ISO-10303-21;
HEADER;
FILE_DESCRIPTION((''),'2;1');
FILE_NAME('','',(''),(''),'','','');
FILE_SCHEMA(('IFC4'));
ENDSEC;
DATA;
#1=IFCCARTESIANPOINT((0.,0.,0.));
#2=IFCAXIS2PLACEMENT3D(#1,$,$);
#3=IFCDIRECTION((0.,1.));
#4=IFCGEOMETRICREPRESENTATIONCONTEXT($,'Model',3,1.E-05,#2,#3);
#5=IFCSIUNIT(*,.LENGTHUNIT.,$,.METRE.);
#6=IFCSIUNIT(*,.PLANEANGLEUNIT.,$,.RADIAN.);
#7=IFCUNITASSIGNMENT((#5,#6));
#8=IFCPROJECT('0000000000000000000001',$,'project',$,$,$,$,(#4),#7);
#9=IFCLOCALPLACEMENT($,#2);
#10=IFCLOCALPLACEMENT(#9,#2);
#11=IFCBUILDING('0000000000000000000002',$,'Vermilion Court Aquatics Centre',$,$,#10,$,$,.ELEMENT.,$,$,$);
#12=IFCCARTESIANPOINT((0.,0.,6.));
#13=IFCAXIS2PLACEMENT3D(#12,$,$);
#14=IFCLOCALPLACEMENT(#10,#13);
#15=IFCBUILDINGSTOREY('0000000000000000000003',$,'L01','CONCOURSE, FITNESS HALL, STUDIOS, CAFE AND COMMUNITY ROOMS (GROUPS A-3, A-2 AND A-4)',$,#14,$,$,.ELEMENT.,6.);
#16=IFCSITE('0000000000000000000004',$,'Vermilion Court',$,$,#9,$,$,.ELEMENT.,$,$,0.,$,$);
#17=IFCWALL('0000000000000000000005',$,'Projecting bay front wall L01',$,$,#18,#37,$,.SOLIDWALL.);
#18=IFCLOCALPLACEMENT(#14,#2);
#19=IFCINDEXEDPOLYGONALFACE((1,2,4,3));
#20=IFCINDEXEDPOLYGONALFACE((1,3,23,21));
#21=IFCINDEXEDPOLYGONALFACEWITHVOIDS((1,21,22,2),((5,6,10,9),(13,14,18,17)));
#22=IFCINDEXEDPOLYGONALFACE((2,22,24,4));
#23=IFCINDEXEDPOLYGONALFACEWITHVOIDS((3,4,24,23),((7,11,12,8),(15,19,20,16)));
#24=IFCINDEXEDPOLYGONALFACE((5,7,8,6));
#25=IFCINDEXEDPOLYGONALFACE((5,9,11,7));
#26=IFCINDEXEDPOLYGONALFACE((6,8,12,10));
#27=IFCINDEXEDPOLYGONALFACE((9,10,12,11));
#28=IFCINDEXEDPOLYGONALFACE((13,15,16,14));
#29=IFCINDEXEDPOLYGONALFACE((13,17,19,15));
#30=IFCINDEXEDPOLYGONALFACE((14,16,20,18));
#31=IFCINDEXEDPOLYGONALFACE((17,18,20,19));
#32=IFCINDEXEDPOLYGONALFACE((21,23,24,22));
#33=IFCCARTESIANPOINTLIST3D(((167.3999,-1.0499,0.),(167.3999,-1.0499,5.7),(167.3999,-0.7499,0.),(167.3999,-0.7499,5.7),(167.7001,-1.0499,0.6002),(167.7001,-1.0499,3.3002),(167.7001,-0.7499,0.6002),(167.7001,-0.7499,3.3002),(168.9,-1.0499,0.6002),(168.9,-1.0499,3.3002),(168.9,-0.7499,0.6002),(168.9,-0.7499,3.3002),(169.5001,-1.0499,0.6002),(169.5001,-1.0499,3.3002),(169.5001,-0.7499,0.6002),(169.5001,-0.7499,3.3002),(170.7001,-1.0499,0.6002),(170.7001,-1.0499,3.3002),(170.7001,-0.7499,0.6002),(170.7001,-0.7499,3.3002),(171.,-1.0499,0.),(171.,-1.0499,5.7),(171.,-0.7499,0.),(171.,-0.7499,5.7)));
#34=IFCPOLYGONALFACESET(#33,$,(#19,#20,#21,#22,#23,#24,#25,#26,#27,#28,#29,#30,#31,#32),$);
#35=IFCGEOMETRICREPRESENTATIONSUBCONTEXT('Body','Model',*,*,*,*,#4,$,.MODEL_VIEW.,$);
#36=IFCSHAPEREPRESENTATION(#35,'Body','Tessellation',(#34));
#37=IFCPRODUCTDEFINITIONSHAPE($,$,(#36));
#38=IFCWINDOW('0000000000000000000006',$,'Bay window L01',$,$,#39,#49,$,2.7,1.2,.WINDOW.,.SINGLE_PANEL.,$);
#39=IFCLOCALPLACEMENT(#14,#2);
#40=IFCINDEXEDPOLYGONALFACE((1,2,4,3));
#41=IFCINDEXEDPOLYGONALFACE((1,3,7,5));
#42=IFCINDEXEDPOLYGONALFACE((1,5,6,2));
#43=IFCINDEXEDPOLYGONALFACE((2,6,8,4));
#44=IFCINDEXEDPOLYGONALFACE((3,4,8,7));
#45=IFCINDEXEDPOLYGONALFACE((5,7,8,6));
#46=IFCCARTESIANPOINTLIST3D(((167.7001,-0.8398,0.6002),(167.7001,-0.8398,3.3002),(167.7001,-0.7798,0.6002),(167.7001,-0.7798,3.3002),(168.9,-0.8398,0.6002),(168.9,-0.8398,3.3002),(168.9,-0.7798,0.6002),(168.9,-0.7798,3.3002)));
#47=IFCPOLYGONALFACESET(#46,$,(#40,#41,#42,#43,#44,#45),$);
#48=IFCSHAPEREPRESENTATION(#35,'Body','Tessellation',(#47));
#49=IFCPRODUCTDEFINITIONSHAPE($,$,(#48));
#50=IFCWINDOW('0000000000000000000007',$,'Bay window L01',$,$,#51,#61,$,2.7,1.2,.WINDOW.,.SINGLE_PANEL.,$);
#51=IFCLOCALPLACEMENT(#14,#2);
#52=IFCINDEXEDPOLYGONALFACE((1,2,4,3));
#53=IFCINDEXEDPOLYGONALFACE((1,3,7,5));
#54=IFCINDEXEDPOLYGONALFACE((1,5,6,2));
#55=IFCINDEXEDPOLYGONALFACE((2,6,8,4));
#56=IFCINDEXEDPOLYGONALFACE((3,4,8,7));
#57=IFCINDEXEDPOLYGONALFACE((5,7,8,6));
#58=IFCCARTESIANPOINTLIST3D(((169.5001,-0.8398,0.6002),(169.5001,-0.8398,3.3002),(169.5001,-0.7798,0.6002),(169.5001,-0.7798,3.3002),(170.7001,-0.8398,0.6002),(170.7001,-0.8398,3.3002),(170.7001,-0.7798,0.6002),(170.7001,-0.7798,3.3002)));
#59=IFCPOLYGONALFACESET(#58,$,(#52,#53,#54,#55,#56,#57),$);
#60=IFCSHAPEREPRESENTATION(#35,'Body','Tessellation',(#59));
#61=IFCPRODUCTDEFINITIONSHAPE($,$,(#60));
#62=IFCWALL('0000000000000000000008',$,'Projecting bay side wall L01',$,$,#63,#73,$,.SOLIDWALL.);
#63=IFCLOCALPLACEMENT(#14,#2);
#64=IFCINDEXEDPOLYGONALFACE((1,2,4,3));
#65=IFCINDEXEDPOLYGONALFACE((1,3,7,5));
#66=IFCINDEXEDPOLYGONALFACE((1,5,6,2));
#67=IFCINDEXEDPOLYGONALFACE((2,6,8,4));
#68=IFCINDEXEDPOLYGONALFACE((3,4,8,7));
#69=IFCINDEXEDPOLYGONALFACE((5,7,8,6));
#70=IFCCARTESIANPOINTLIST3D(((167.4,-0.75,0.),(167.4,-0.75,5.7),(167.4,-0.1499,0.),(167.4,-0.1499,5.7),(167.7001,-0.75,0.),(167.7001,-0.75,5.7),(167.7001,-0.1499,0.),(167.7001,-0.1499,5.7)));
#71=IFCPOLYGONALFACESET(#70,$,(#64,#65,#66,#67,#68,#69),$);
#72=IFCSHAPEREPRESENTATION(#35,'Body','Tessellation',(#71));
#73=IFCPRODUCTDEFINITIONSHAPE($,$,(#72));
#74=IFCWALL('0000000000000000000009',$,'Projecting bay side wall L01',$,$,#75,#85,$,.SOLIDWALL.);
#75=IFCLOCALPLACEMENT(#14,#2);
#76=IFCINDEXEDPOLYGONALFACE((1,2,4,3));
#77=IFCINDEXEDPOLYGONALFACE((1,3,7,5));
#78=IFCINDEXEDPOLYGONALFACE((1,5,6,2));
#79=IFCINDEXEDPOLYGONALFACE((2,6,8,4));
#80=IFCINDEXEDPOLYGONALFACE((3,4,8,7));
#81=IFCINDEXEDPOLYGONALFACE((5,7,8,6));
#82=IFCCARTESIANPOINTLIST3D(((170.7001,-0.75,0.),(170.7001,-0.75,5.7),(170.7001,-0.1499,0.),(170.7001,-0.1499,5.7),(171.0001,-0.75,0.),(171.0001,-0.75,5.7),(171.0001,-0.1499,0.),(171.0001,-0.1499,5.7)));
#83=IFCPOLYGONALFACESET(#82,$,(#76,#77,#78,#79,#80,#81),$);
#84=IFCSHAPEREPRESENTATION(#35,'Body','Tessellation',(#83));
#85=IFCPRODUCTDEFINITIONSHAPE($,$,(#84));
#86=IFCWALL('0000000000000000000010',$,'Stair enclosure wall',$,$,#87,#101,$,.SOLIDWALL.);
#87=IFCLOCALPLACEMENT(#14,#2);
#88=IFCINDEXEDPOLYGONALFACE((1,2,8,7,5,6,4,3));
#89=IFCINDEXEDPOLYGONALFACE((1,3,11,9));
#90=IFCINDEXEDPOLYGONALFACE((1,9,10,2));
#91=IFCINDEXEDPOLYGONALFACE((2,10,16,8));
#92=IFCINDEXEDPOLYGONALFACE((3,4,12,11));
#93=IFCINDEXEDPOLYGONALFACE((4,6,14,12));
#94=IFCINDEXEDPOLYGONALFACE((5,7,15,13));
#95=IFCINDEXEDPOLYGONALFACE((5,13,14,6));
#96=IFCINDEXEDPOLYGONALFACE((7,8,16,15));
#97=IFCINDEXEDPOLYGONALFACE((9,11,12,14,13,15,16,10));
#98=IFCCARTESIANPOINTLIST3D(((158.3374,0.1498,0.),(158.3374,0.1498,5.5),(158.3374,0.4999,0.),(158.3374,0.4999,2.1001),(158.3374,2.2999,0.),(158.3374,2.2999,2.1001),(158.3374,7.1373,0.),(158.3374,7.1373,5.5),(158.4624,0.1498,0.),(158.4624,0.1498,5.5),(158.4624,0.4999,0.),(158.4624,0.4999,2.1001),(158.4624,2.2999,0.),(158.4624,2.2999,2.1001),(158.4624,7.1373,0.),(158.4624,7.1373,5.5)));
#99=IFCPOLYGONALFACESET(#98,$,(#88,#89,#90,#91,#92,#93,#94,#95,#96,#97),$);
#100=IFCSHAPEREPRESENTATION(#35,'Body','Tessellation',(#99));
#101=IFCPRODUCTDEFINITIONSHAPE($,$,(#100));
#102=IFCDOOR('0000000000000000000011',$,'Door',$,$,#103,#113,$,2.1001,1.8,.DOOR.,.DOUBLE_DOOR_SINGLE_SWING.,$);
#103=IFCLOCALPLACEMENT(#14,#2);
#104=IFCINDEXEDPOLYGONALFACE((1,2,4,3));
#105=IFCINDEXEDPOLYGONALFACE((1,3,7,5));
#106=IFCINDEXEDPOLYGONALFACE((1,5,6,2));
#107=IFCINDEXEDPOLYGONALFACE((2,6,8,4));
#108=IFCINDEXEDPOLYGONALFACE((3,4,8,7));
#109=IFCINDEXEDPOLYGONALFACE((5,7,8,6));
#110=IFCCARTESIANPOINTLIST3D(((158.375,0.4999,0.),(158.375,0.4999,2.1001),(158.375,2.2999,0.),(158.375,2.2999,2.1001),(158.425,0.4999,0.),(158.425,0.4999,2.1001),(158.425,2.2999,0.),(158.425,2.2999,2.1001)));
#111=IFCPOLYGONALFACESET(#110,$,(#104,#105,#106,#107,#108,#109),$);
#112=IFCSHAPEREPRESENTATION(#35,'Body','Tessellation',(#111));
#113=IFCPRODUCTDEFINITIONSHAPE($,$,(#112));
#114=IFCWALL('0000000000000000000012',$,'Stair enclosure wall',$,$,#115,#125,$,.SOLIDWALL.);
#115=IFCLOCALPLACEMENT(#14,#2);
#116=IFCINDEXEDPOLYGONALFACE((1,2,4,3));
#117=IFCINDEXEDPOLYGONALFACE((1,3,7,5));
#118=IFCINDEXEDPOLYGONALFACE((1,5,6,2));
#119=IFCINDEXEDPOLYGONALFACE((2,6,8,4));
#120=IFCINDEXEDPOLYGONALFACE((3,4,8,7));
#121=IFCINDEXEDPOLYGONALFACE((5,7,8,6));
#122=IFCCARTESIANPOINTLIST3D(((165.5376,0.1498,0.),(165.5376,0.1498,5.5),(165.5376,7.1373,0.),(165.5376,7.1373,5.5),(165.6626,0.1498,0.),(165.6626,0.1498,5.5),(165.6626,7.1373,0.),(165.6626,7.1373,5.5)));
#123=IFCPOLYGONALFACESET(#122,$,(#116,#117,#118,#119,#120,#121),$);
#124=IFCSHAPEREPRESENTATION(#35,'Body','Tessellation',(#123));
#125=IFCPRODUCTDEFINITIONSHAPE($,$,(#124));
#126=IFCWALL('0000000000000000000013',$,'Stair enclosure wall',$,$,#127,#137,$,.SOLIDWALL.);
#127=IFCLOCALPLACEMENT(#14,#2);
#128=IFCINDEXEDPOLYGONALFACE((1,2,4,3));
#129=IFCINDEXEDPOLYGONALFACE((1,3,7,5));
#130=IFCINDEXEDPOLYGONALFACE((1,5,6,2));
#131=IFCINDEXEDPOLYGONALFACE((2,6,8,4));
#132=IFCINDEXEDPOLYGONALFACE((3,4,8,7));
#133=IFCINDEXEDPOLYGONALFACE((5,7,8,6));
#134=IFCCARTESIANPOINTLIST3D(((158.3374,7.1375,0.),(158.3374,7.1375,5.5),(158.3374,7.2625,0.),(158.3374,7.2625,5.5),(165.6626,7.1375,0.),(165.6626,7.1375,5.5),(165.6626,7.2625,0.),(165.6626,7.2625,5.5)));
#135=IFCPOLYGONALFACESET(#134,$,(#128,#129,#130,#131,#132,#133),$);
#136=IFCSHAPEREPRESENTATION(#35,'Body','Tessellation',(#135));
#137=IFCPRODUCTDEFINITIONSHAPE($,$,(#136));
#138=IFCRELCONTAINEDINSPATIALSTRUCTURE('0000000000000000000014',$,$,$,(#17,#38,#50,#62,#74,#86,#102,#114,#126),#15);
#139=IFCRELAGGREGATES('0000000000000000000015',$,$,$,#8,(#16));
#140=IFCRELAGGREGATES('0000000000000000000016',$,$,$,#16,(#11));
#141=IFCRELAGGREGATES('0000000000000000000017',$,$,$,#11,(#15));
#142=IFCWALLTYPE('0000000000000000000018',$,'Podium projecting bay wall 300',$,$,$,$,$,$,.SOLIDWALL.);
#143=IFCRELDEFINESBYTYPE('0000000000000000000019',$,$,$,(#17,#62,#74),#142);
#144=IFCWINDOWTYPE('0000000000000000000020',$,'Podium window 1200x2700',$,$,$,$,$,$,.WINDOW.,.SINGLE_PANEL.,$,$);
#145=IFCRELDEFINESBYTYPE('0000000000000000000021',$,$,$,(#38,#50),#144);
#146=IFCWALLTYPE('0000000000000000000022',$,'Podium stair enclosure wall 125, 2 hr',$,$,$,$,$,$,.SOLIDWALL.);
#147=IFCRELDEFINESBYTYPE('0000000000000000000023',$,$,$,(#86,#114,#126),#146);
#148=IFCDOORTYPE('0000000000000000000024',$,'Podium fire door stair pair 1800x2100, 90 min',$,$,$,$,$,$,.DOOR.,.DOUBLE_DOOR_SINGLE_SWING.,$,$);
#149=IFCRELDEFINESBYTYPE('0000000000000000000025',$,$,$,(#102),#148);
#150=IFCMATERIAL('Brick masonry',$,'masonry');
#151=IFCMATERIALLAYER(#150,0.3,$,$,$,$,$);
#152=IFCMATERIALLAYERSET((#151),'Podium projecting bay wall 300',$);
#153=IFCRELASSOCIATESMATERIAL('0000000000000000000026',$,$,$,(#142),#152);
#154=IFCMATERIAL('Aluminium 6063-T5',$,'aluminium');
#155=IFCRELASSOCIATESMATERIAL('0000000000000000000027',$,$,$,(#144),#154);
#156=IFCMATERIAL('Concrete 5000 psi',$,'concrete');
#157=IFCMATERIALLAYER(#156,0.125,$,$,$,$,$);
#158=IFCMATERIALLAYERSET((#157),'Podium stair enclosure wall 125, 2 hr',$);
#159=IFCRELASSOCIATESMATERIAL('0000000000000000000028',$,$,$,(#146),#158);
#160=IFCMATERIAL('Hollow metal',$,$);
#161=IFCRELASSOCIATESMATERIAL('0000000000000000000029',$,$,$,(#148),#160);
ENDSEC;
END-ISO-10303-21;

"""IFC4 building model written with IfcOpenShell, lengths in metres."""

from ifc_helpers import new_model, si_unit, direction, frame, frame_2d, origin, place, context, subcontext, project, spatial, rectangle, extrude, material, layer, layer_set, type_object, element, fill, save


model = new_model("IFC4")

# Units and contexts
model_context = context("Model", 3, precision=1e-05, world=origin(), true_north=direction((0.0, 1.0)))
body_context = subcontext(model_context, "Body", "Model", "MODEL_VIEW")
ifc_project = project(units=[si_unit("LENGTHUNIT", "METRE"), si_unit("PLANEANGLEUNIT", "RADIAN")], contexts=[model_context])

# Site, building, storey
site_placement = place(None, origin())
site = spatial("IfcSite", under=ifc_project, at=site_placement, Name="Vermilion Court", CompositionType="ELEMENT", RefElevation=0.0)
building_placement = place(site_placement, origin())
building = spatial("IfcBuilding", under=site, at=building_placement, Name="Vermilion Court Aquatics Centre", CompositionType="ELEMENT")
storey_placement = place(building_placement, frame((0.0, 0.0, 6.0)))
storey = spatial("IfcBuildingStorey", under=building, at=storey_placement, Name="L01", Description="CONCOURSE, FITNESS HALL, STUDIOS, CAFE AND COMMUNITY ROOMS (GROUPS A-3, A-2 AND A-4)", CompositionType="ELEMENT", Elevation=6.0)

# Wall, openings, windows
ifc_material_1 = material(Name="Brick masonry", Category="masonry")
ifc_layer_1 = layer(ifc_material_1, 0.3)
ifc_layer_set_1 = layer_set([ifc_layer_1], Name="Podium projecting bay wall 300")
wall_type_1 = type_object("IfcWallType", Name="Podium projecting bay wall 300", PredefinedType="SOLIDWALL", material=ifc_layer_set_1)
wall_1_placement = place(storey_placement, frame((167.3999, -0.8999, 0.0), z_axis=(0.0, 0.0, 1.0), x_axis=(1.0, 0.0, 0.0)))
wall_1 = element("IfcWall", 1, at=wall_1_placement, inside=storey, type_object=wall_type_1, Name="Projecting bay front wall L01", PredefinedType="SOLIDWALL", context=body_context, shape_type="SweptSolid", body=[
    extrude(rectangle(XDim=3.6001, YDim=0.3, at=frame_2d((1.8, 0.0))), origin(), (0.0, 0.0, 1.0), 5.7),
])
opening_1_placement = place(wall_1_placement, frame((0.3, 0.0, 0.6001)))
opening_1 = element("IfcOpeningElement", 2, at=opening_1_placement, cuts=wall_1, PredefinedType="OPENING", context=body_context, shape_type="SweptSolid", body=[
    extrude(rectangle(XDim=1.2, YDim=2.7, at=frame_2d((0.6001, 1.3501))), frame((0.0, 0.1599, 0.0), z_axis=(0.0, -1.0, 0.0), x_axis=(1.0, 0.0, 0.0)), (0.0, 0.0, 1.0), 0.3201),
])
opening_2_placement = place(wall_1_placement, frame((2.1001, 0.0, 0.6001)))
opening_2 = element("IfcOpeningElement", 3, at=opening_2_placement, cuts=wall_1, PredefinedType="OPENING", context=body_context, shape_type="SweptSolid", body=[
    extrude(rectangle(XDim=1.2, YDim=2.7, at=frame_2d((0.6001, 1.3501))), frame((0.0, 0.1599, 0.0), z_axis=(0.0, -1.0, 0.0), x_axis=(1.0, 0.0, 0.0)), (0.0, 0.0, 1.0), 0.3201),
])
ifc_material_2 = material(Name="Aluminium 6063-T5", Category="aluminium")
window_type = type_object("IfcWindowType", Name="Podium window 1200x2700", PartitioningType="SINGLE_PANEL", PredefinedType="WINDOW", material=ifc_material_2)
window_1_placement = place(opening_1_placement, origin())
window_1 = element("IfcWindow", 4, at=window_1_placement, inside=storey, type_object=window_type, Name="Bay window L01", OverallHeight=2.7, OverallWidth=1.2, PartitioningType="SINGLE_PANEL", PredefinedType="WINDOW", context=body_context, shape_type="SweptSolid", body=[
    extrude(rectangle(XDim=1.2, YDim=2.7, at=frame_2d((0.6001, 1.3501))), frame((0.0, 0.1201, 0.0), z_axis=(0.0, -1.0, 0.0), x_axis=(1.0, 0.0, 0.0)), (0.0, 0.0, 1.0), 0.0601),
])
fill(opening_1, window_1)
window_2_placement = place(opening_2_placement, origin())
window_2 = element("IfcWindow", 5, at=window_2_placement, inside=storey, type_object=window_type, Name="Bay window L01", OverallHeight=2.7, OverallWidth=1.2, PartitioningType="SINGLE_PANEL", PredefinedType="WINDOW", context=body_context, shape_type="SweptSolid", body=[
    extrude(rectangle(XDim=1.2, YDim=2.7, at=frame_2d((0.6001, 1.3501))), frame((0.0, 0.1201, 0.0), z_axis=(0.0, -1.0, 0.0), x_axis=(1.0, 0.0, 0.0)), (0.0, 0.0, 1.0), 0.0601),
])
fill(opening_2, window_2)

# Walls
for number, where, z_axis, x_axis, name in (
    (6, (167.55, -0.75, 0.0), (0.0, 0.0, 1.0), (0.0, 1.0, 0.0), "Projecting bay side wall L01"),
    (7, (170.8501, -0.75, 0.0), (0.0, 0.0, 1.0), (0.0, 1.0, 0.0), "Projecting bay side wall L01"),
):
    element("IfcWall", number, at=place(storey_placement, frame(where, z_axis=z_axis, x_axis=x_axis)), inside=storey, type_object=wall_type_1, Name=name, PredefinedType="SOLIDWALL", context=body_context, shape_type="SweptSolid", body=[
        extrude(rectangle(XDim=0.6001, YDim=0.3, at=frame_2d((0.3, 0.0))), origin(), (0.0, 0.0, 1.0), 5.7),
    ])

# Wall, opening, door
ifc_material_3 = material(Name="Concrete 5000 psi", Category="concrete")
ifc_layer_2 = layer(ifc_material_3, 0.125)
ifc_layer_set_2 = layer_set([ifc_layer_2], Name="Podium stair enclosure wall 125, 2 hr")
wall_type_2 = type_object("IfcWallType", Name="Podium stair enclosure wall 125, 2 hr", PredefinedType="SOLIDWALL", material=ifc_layer_set_2)
wall_2_placement = place(storey_placement, frame((158.3999, 0.1499, 0.0), z_axis=(0.0, 0.0, 1.0), x_axis=(0.0, 1.0, 0.0)))
wall_2 = element("IfcWall", 8, at=wall_2_placement, inside=storey, type_object=wall_type_2, Name="Stair enclosure wall", PredefinedType="SOLIDWALL", context=body_context, shape_type="SweptSolid", body=[
    extrude(rectangle(XDim=6.9875, YDim=0.125, at=frame_2d((3.4937, 0.0))), origin(), (0.0, 0.0, 1.0), 5.5),
])
opening_3_placement = place(wall_2_placement, frame((0.3501, 0.0, 0.0)))
opening_3 = element("IfcOpeningElement", 9, at=opening_3_placement, cuts=wall_2, PredefinedType="OPENING", context=body_context, shape_type="SweptSolid", body=[
    extrude(rectangle(XDim=1.8, YDim=2.1001, at=frame_2d((0.8999, 1.05))), frame((0.0, 0.0725, 0.0), z_axis=(0.0, -1.0, 0.0), x_axis=(1.0, 0.0, 0.0)), (0.0, 0.0, 1.0), 0.145),
])
ifc_material_4 = material(Name="Hollow metal")
door_type = type_object("IfcDoorType", Name="Podium fire door stair pair 1800x2100, 90 min", OperationType="DOUBLE_DOOR_SINGLE_SWING", PredefinedType="DOOR", material=ifc_material_4)
door_placement = place(opening_3_placement, frame((1.8, 0.0, 0.0), z_axis=(0.0, 0.0, 1.0), x_axis=(-1.0, 0.0, 0.0)))
door = element("IfcDoor", 10, at=door_placement, inside=storey, type_object=door_type, Name="Door", OperationType="DOUBLE_DOOR_SINGLE_SWING", OverallHeight=2.1001, OverallWidth=1.8, PredefinedType="DOOR", context=body_context, shape_type="SweptSolid", body=[
    extrude(rectangle(XDim=1.8, YDim=2.1001, at=frame_2d((0.9001, 1.05))), frame((0.0, 0.0251, 0.0), z_axis=(0.0, -1.0, 0.0), x_axis=(1.0, 0.0, 0.0)), (0.0, 0.0, 1.0), 0.05),
])
fill(opening_3, door)

# Walls
wall_3_placement = place(storey_placement, frame((165.6001, 0.1499, 0.0), z_axis=(0.0, 0.0, 1.0), x_axis=(0.0, 1.0, 0.0)))
element("IfcWall", 11, at=wall_3_placement, inside=storey, type_object=wall_type_2, Name="Stair enclosure wall", PredefinedType="SOLIDWALL", context=body_context, shape_type="SweptSolid", body=[
    extrude(rectangle(XDim=6.9875, YDim=0.125, at=frame_2d((3.4937, 0.0))), origin(), (0.0, 0.0, 1.0), 5.5),
])
wall_4_placement = place(storey_placement, frame((158.3374, 7.2, 0.0), z_axis=(0.0, 0.0, 1.0), x_axis=(1.0, 0.0, 0.0)))
element("IfcWall", 12, at=wall_4_placement, inside=storey, type_object=wall_type_2, Name="Stair enclosure wall", PredefinedType="SOLIDWALL", context=body_context, shape_type="SweptSolid", body=[
    extrude(rectangle(XDim=7.3252, YDim=0.125, at=frame_2d((3.6626, 0.0))), origin(), (0.0, 0.0, 1.0), 5.5),
])

save(model, "model.ifc")
